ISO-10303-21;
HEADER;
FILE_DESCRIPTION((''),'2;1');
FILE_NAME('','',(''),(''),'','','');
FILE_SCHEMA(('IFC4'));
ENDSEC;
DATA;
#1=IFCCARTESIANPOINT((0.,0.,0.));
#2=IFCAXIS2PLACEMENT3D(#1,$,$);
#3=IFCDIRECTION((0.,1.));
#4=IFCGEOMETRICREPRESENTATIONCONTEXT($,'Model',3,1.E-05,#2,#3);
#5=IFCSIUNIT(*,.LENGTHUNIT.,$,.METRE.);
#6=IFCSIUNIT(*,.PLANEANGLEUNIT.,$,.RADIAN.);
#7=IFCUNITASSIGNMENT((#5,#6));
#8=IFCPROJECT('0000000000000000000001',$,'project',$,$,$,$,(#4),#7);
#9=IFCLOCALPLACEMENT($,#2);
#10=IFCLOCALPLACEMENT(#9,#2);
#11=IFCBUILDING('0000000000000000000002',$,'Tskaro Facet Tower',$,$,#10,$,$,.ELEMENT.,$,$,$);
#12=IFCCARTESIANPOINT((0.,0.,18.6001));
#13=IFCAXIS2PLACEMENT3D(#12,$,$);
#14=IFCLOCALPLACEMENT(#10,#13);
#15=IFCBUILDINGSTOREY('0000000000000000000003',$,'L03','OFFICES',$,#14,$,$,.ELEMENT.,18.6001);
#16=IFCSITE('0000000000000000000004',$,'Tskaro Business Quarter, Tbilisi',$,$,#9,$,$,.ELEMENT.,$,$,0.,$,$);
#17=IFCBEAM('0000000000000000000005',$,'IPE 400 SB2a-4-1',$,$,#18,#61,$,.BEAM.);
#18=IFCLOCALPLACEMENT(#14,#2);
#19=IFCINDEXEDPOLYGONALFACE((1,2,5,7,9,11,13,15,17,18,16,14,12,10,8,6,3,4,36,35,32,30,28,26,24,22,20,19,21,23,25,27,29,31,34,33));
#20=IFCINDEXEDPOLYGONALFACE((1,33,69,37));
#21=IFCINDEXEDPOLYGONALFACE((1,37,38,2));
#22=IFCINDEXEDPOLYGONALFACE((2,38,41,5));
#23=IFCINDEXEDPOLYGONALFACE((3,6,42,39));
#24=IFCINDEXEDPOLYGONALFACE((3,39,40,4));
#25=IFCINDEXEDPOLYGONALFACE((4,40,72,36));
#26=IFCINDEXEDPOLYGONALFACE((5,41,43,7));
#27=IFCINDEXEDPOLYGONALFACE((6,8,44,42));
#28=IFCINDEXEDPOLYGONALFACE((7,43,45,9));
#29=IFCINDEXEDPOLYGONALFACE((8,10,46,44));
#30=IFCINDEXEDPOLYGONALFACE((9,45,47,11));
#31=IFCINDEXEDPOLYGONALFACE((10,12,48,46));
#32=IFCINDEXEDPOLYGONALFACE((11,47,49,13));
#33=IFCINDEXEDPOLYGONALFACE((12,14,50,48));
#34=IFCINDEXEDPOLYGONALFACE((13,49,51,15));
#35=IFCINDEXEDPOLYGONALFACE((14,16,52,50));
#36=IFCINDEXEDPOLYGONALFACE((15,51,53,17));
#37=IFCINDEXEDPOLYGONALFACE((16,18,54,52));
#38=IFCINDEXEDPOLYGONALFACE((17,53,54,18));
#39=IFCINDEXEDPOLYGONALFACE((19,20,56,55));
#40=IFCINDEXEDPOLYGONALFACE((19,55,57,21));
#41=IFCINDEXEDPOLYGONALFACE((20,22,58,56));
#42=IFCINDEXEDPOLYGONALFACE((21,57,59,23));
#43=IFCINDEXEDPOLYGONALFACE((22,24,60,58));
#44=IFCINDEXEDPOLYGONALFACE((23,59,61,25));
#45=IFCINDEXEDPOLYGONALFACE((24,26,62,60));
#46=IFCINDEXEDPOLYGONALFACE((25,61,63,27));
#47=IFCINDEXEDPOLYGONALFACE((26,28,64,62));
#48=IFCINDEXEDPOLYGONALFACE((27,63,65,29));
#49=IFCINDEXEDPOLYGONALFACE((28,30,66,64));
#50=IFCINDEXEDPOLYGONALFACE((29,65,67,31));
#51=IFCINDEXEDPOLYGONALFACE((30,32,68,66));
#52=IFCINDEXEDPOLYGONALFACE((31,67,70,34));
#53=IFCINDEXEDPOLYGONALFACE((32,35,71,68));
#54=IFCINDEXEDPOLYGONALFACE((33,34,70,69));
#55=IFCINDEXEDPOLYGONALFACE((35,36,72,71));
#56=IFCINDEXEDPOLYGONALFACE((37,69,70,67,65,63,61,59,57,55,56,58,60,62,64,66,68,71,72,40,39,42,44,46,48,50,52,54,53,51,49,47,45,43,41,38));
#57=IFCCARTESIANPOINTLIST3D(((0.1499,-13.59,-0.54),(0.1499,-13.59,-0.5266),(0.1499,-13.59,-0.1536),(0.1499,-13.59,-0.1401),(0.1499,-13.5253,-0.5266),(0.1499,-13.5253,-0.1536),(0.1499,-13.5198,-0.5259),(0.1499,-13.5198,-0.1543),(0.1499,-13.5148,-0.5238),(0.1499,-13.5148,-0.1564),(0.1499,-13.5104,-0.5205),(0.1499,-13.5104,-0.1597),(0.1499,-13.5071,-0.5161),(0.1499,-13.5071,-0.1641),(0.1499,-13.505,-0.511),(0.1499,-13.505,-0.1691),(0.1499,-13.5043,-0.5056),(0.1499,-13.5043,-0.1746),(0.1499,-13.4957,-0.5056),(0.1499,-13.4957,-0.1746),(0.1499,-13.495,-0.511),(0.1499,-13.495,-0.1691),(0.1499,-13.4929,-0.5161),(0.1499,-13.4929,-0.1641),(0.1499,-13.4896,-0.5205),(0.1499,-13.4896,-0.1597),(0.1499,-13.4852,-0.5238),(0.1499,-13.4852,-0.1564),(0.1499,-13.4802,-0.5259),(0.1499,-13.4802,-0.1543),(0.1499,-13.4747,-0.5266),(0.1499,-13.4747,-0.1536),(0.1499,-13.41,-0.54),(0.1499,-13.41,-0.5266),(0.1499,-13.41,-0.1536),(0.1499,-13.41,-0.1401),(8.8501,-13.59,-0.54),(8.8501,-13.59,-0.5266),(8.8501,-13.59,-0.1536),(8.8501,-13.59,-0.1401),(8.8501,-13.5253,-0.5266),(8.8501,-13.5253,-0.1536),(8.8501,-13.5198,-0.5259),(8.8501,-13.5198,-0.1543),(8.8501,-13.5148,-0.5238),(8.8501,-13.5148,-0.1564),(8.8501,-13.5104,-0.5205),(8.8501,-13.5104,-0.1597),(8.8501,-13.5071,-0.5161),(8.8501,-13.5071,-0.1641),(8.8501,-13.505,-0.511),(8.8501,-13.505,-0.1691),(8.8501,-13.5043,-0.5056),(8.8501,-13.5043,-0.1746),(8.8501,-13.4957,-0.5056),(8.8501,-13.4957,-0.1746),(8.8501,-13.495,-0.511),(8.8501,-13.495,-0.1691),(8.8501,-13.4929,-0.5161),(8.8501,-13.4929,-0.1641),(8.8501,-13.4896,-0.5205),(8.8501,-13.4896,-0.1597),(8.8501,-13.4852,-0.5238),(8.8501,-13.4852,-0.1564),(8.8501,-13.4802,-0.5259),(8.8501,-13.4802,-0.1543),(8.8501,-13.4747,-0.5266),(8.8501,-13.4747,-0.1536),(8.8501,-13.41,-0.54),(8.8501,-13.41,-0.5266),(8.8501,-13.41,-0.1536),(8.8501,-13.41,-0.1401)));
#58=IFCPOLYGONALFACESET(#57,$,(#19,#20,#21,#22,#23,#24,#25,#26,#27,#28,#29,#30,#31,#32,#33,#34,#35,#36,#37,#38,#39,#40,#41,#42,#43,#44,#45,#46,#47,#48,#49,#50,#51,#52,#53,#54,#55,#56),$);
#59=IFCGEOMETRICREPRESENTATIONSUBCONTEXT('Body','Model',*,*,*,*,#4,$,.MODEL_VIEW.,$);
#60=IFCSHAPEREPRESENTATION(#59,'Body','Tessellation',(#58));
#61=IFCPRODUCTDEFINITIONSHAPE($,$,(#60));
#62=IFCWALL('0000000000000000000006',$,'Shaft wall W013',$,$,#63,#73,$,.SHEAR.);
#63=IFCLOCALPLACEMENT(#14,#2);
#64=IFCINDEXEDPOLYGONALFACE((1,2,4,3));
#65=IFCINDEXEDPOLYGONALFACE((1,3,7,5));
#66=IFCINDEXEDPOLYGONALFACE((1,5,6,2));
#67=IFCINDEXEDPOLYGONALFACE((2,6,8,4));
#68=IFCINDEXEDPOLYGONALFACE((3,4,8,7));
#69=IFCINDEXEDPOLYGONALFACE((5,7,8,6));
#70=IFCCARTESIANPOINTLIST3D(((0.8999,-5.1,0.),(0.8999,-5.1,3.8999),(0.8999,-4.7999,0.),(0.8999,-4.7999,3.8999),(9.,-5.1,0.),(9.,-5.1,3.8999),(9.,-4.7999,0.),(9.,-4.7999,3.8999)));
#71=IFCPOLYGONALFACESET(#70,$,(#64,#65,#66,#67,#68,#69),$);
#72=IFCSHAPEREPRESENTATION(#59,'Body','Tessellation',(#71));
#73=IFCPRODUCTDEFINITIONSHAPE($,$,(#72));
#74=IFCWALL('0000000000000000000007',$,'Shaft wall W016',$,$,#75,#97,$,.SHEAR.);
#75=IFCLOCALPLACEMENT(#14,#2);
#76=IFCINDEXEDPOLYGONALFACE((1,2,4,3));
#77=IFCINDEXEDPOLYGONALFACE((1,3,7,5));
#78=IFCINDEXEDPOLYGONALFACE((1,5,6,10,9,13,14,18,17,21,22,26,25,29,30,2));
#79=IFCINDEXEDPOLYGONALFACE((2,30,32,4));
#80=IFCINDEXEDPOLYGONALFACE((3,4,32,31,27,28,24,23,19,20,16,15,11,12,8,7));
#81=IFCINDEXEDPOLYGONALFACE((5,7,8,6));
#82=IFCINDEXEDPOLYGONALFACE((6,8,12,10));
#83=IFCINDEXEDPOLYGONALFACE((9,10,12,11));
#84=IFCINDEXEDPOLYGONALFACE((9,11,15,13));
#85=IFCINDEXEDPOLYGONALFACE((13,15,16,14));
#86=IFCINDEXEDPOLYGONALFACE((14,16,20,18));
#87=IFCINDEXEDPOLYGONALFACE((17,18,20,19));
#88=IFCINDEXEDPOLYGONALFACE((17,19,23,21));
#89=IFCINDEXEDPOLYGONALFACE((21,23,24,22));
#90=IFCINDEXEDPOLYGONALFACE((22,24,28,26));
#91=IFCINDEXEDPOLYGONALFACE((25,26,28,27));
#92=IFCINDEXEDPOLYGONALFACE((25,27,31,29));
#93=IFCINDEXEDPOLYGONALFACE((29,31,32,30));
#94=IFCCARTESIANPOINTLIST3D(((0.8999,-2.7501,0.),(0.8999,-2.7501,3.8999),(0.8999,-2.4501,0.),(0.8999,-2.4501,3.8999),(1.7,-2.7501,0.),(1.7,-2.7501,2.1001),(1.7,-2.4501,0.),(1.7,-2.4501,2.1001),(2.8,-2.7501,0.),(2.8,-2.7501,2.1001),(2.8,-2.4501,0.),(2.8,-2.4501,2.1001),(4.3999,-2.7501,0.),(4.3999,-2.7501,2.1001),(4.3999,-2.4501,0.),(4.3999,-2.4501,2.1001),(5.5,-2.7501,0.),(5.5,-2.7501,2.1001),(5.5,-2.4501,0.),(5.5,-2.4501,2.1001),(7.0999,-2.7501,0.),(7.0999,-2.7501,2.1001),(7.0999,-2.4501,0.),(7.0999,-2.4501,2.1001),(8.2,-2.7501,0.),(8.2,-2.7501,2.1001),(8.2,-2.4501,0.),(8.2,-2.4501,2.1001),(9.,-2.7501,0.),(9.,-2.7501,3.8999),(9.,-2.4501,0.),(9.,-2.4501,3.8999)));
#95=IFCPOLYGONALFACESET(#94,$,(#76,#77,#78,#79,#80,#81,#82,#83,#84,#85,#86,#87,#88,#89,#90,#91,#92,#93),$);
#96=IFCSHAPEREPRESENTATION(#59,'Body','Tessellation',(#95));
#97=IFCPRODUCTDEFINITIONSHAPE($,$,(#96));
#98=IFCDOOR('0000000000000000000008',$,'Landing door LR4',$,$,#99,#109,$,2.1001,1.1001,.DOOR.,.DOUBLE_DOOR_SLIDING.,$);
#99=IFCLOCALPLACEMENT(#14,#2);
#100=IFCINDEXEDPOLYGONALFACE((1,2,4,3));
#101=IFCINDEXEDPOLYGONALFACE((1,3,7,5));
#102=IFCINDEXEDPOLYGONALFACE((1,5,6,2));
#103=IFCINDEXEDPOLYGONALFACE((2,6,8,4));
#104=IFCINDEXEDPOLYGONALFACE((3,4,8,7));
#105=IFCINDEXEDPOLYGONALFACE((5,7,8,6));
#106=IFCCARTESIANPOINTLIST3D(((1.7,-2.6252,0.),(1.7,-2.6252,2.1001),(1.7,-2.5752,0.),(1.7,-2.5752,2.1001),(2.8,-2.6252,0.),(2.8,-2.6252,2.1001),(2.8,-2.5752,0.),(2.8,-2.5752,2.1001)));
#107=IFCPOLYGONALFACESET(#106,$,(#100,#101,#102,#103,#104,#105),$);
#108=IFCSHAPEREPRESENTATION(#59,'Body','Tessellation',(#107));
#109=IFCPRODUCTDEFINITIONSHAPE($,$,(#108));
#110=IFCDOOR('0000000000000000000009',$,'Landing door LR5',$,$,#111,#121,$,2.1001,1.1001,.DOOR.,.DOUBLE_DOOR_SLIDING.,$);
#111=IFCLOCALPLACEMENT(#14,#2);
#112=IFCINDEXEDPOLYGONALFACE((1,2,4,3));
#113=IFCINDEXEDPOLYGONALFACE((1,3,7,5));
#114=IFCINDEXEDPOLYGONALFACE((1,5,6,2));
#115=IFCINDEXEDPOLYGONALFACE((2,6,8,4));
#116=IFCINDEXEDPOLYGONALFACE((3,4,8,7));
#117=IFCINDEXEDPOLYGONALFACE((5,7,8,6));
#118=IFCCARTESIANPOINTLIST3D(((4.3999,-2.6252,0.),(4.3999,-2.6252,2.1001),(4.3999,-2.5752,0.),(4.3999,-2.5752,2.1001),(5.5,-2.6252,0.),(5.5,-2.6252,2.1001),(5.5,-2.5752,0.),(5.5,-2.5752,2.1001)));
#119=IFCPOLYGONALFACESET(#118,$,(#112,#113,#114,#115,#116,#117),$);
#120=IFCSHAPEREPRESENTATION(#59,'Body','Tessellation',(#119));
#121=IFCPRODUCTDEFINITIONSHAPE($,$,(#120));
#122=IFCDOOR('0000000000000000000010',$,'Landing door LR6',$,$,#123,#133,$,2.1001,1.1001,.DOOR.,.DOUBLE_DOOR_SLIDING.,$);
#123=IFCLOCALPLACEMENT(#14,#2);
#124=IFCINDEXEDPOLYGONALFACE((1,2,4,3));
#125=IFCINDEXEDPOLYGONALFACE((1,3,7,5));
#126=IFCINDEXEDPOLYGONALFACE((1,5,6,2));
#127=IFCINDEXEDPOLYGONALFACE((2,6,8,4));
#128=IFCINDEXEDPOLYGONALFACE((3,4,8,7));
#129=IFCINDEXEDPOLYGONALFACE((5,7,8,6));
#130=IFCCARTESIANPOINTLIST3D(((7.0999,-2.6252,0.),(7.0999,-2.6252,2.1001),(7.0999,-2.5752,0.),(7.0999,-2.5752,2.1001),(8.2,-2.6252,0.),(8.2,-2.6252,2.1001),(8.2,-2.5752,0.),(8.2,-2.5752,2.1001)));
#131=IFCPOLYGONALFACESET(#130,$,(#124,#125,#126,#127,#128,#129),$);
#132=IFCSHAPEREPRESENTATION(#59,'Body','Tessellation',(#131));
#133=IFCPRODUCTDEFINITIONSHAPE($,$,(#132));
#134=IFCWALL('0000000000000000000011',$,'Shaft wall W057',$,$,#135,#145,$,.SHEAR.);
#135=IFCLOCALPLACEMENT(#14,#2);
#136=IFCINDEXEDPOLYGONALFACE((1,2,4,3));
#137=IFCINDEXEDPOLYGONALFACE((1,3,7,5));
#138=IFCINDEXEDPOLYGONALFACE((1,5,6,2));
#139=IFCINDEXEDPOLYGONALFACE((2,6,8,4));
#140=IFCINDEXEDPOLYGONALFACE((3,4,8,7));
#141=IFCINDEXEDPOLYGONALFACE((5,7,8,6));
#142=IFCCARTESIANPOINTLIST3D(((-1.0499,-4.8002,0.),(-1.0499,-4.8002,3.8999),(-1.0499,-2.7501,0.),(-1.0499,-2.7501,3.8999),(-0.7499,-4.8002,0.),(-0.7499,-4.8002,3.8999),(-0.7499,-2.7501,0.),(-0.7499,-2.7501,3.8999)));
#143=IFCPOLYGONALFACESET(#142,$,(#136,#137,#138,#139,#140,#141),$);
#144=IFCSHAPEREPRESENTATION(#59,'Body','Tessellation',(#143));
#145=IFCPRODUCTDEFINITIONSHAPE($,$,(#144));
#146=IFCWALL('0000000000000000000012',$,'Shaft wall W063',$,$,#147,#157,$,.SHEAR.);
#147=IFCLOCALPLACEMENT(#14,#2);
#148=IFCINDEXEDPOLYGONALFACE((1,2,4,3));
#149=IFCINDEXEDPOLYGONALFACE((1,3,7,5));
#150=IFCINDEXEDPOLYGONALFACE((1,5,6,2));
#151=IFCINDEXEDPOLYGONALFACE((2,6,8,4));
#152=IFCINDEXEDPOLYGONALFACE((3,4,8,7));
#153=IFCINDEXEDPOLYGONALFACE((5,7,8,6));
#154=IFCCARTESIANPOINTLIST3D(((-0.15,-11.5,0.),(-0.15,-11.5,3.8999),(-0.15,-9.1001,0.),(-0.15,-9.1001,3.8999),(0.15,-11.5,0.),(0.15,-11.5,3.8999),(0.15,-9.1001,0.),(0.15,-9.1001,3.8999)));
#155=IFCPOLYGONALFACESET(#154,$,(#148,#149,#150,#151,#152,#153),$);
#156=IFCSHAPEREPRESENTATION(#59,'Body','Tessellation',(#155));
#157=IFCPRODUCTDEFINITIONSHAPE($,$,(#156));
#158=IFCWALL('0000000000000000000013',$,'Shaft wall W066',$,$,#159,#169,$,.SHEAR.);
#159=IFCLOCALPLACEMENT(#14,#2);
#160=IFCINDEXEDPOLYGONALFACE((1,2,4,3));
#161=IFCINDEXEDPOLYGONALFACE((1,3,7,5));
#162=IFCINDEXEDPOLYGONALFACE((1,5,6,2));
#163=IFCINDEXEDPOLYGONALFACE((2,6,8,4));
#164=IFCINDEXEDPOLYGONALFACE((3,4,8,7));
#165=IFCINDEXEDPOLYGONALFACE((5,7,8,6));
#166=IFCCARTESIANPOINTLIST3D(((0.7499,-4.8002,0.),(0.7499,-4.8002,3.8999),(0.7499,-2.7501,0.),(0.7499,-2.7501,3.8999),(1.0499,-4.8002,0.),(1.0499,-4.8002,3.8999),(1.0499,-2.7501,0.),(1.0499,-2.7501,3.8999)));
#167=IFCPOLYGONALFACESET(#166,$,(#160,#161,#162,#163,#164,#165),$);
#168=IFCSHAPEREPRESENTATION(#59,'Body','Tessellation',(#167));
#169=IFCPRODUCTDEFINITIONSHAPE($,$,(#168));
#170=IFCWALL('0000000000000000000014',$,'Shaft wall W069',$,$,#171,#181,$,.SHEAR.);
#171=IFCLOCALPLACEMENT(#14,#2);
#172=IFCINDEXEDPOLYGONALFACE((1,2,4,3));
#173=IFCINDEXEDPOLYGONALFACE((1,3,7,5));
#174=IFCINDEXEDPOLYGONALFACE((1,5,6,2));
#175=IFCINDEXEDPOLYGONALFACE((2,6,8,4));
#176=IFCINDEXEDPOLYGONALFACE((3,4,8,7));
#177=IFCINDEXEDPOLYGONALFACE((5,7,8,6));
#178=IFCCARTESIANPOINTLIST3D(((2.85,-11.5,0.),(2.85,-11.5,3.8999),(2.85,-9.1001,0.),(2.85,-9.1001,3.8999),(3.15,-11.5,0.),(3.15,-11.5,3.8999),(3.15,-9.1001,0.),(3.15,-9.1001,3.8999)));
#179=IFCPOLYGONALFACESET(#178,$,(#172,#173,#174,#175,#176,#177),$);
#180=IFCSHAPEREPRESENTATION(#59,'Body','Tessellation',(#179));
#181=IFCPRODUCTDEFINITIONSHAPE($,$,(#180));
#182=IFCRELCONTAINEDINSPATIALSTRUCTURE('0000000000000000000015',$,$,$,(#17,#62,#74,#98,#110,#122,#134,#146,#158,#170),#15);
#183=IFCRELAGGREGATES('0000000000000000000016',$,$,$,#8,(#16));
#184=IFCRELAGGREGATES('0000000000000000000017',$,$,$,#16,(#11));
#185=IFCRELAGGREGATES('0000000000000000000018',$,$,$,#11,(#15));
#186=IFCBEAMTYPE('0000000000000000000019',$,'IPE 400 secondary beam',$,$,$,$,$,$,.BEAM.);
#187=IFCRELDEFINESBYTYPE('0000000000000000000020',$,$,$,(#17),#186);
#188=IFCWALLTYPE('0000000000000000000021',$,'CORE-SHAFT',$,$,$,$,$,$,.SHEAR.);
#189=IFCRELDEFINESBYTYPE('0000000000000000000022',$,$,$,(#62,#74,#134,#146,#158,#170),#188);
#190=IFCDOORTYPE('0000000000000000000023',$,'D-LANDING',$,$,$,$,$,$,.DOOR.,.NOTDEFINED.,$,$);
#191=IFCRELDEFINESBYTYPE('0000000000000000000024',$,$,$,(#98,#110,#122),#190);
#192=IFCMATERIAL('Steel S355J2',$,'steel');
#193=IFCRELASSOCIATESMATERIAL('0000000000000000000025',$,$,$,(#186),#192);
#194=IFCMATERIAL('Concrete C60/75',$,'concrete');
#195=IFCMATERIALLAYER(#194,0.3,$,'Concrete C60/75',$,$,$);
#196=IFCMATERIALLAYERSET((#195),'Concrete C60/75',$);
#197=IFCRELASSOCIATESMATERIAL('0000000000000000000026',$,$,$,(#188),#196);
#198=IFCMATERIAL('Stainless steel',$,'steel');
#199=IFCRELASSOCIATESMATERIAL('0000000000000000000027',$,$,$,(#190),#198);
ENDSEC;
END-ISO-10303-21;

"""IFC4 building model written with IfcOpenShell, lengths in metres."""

from ifc_helpers import new_model, si_unit, direction, frame, frame_2d, origin, origin_2d, place, context, subcontext, project, spatial, rectangle, i_section, extrude, material, layer, layer_set, material_profile, profile_set, type_object, element, fill, save


model = new_model("IFC4")

# Units and contexts
model_context = context("Model", 3, precision=1e-05, world=origin(), true_north=direction((0.0, 1.0)))
body_context = subcontext(model_context, "Body", "Model", "MODEL_VIEW")
ifc_project = project(units=[si_unit("LENGTHUNIT", "METRE"), si_unit("PLANEANGLEUNIT", "RADIAN")], contexts=[model_context])

# Site, building, storey
site_placement = place(None, origin())
site = spatial("IfcSite", under=ifc_project, at=site_placement, Name="Tskaro Business Quarter, Tbilisi", CompositionType="ELEMENT", RefElevation=0.0)
building_placement = place(site_placement, origin())
building = spatial("IfcBuilding", under=site, at=building_placement, Name="Tskaro Facet Tower", CompositionType="ELEMENT")
storey_placement = place(building_placement, frame((0.0, 0.0, 18.6001)))
storey = spatial("IfcBuildingStorey", under=building, at=storey_placement, Name="L03", Description="OFFICES", CompositionType="ELEMENT", Elevation=18.6001)

# Beam
ifc_material_1 = material(Name="Steel S355J2", Category="steel")
ifc_material_profile = material_profile(ifc_material_1, i_section(OverallWidth=0.1799, OverallDepth=0.3999, WebThickness=0.0085, FlangeThickness=0.0134, FilletRadius=0.021, at=origin_2d()), Name="IPE 400")
ifc_profile_set = profile_set([ifc_material_profile], Name="Steel S355J2")
beam_type = type_object("IfcBeamType", Name="IPE 400 secondary beam", PredefinedType="BEAM", material=ifc_profile_set)
beam_placement = place(storey_placement, frame((0.1499, -13.5, -0.3401), z_axis=(1.0, 0.0, 0.0), x_axis=(0.0, 1.0, 0.0)))
element("IfcBeam", 1, at=beam_placement, inside=storey, type_object=beam_type, Name="IPE 400 SB2a-4-1", PredefinedType="BEAM", context=body_context, shape_type="SweptSolid", body=[
    extrude(i_section(OverallWidth=0.1799, OverallDepth=0.3999, WebThickness=0.0085, FlangeThickness=0.0134, FilletRadius=0.021, at=origin_2d()), origin(), (0.0, 0.0, 1.0), 8.7002),
])

# Wall
ifc_material_2 = material(Name="Concrete C60/75", Category="concrete")
ifc_layer_1 = layer(ifc_material_2, 0.3, Name="Concrete C60/75")
ifc_layer_set_1 = layer_set([ifc_layer_1], Name="Concrete C60/75")
wall_type_1 = type_object("IfcWallType", Name="CORE-SHAFT", PredefinedType="SHEAR", material=ifc_layer_set_1)
wall_1_placement = place(storey_placement, frame((0.8999, -4.95, 0.0), z_axis=(0.0, 0.0, 1.0), x_axis=(1.0, 0.0, 0.0)))
element("IfcWall", 2, at=wall_1_placement, inside=storey, type_object=wall_type_1, Name="Shaft wall W013", PredefinedType="SHEAR", context=body_context, shape_type="SweptSolid", body=[
    extrude(rectangle(XDim=8.1001, YDim=0.3, at=frame_2d((4.05, 0.0))), origin(), (0.0, 0.0, 1.0), 3.8999),
])

# Wall, openings, doors
wall_2_placement = place(storey_placement, frame((0.8999, -2.6001, 0.0), z_axis=(0.0, 0.0, 1.0), x_axis=(1.0, 0.0, 0.0)))
wall_2 = element("IfcWall", 3, at=wall_2_placement, inside=storey, type_object=wall_type_1, Name="Shaft wall W016", PredefinedType="SHEAR", context=body_context, shape_type="SweptSolid", body=[
    extrude(rectangle(XDim=8.1001, YDim=0.3, at=frame_2d((4.05, 0.0))), origin(), (0.0, 0.0, 1.0), 3.8999),
])
opening_1_placement = place(wall_2_placement, frame((0.8, 0.0, 0.0)))
opening_1 = element("IfcOpeningElement", 4, at=opening_1_placement, cuts=wall_2, PredefinedType="OPENING", context=body_context, shape_type="SweptSolid", body=[
    extrude(rectangle(XDim=1.1001, YDim=2.1001, at=frame_2d((0.55, 1.05))), frame((0.0, 0.1599, 0.0), z_axis=(0.0, -1.0, 0.0), x_axis=(1.0, 0.0, 0.0)), (0.0, 0.0, 1.0), 0.3201),
])
opening_2_placement = place(wall_2_placement, frame((3.5, 0.0, 0.0)))
opening_2 = element("IfcOpeningElement", 5, at=opening_2_placement, cuts=wall_2, PredefinedType="OPENING", context=body_context, shape_type="SweptSolid", body=[
    extrude(rectangle(XDim=1.1001, YDim=2.1001, at=frame_2d((0.55, 1.05))), frame((0.0, 0.1599, 0.0), z_axis=(0.0, -1.0, 0.0), x_axis=(1.0, 0.0, 0.0)), (0.0, 0.0, 1.0), 0.3201),
])
opening_3_placement = place(wall_2_placement, frame((6.2, 0.0, 0.0)))
opening_3 = element("IfcOpeningElement", 6, at=opening_3_placement, cuts=wall_2, PredefinedType="OPENING", context=body_context, shape_type="SweptSolid", body=[
    extrude(rectangle(XDim=1.1001, YDim=2.1001, at=frame_2d((0.55, 1.05))), frame((0.0, 0.1599, 0.0), z_axis=(0.0, -1.0, 0.0), x_axis=(1.0, 0.0, 0.0)), (0.0, 0.0, 1.0), 0.3201),
])
ifc_material_3 = material(Name="Stainless steel", Category="steel")
door_type_1 = type_object("IfcDoorType", Name="D-LANDING", OperationType="NOTDEFINED", PredefinedType="DOOR", material=ifc_material_3)
door_1_placement = place(opening_1_placement, origin())
door_1 = element("IfcDoor", 7, at=door_1_placement, inside=storey, type_object=door_type_1, Name="Landing door LR4", OperationType="DOUBLE_DOOR_SLIDING", OverallHeight=2.1001, OverallWidth=1.1001, PredefinedType="DOOR", context=body_context, shape_type="SweptSolid", body=[
    extrude(rectangle(XDim=1.1001, YDim=2.1001, at=frame_2d((0.55, 1.05))), frame((0.0, 0.0249, 0.0), z_axis=(0.0, -1.0, 0.0), x_axis=(1.0, 0.0, 0.0)), (0.0, 0.0, 1.0), 0.05),
])
fill(opening_1, door_1)
door_2_placement = place(opening_2_placement, origin())
door_2 = element("IfcDoor", 8, at=door_2_placement, inside=storey, type_object=door_type_1, Name="Landing door LR5", OperationType="DOUBLE_DOOR_SLIDING", OverallHeight=2.1001, OverallWidth=1.1001, PredefinedType="DOOR", context=body_context, shape_type="SweptSolid", body=[
    extrude(rectangle(XDim=1.1001, YDim=2.1001, at=frame_2d((0.55, 1.05))), frame((0.0, 0.0249, 0.0), z_axis=(0.0, -1.0, 0.0), x_axis=(1.0, 0.0, 0.0)), (0.0, 0.0, 1.0), 0.05),
])
fill(opening_2, door_2)
door_3_placement = place(opening_3_placement, origin())
door_3 = element("IfcDoor", 9, at=door_3_placement, inside=storey, type_object=door_type_1, Name="Landing door LR6", OperationType="DOUBLE_DOOR_SLIDING", OverallHeight=2.1001, OverallWidth=1.1001, PredefinedType="DOOR", context=body_context, shape_type="SweptSolid", body=[
    extrude(rectangle(XDim=1.1001, YDim=2.1001, at=frame_2d((0.55, 1.05))), frame((0.0, 0.0249, 0.0), z_axis=(0.0, -1.0, 0.0), x_axis=(1.0, 0.0, 0.0)), (0.0, 0.0, 1.0), 0.05),
])
fill(opening_3, door_3)

# Walls
wall_3_placement = place(storey_placement, frame((-0.8999, -4.8, 0.0), z_axis=(0.0, 0.0, 1.0), x_axis=(0.0, 1.0, 0.0)))
element("IfcWall", 10, at=wall_3_placement, inside=storey, type_object=wall_type_1, Name="Shaft wall W057", PredefinedType="SHEAR", context=body_context, shape_type="SweptSolid", body=[
    extrude(rectangle(XDim=2.05, YDim=0.3, at=frame_2d((1.0249, 0.0))), origin(), (0.0, 0.0, 1.0), 3.8999),
])
wall_4_placement = place(storey_placement, frame((0.0, -11.5, 0.0), z_axis=(0.0, 0.0, 1.0), x_axis=(0.0, 1.0, 0.0)))
element("IfcWall", 11, at=wall_4_placement, inside=storey, type_object=wall_type_1, Name="Shaft wall W063", PredefinedType="SHEAR", context=body_context, shape_type="SweptSolid", body=[
    extrude(rectangle(XDim=2.3999, YDim=0.3, at=frame_2d((1.2, 0.0))), origin(), (0.0, 0.0, 1.0), 3.8999),
])
wall_5_placement = place(storey_placement, frame((0.8999, -4.8, 0.0), z_axis=(0.0, 0.0, 1.0), x_axis=(0.0, 1.0, 0.0)))
element("IfcWall", 12, at=wall_5_placement, inside=storey, type_object=wall_type_1, Name="Shaft wall W066", PredefinedType="SHEAR", context=body_context, shape_type="SweptSolid", body=[
    extrude(rectangle(XDim=2.05, YDim=0.3, at=frame_2d((1.0249, 0.0))), origin(), (0.0, 0.0, 1.0), 3.8999),
])
wall_6_placement = place(storey_placement, frame((3.0, -11.5, 0.0), z_axis=(0.0, 0.0, 1.0), x_axis=(0.0, 1.0, 0.0)))
element("IfcWall", 13, at=wall_6_placement, inside=storey, type_object=wall_type_1, Name="Shaft wall W069", PredefinedType="SHEAR", context=body_context, shape_type="SweptSolid", body=[
    extrude(rectangle(XDim=2.3999, YDim=0.3, at=frame_2d((1.2, 0.0))), origin(), (0.0, 0.0, 1.0), 3.8999),
])

save(model, "model.ifc")
